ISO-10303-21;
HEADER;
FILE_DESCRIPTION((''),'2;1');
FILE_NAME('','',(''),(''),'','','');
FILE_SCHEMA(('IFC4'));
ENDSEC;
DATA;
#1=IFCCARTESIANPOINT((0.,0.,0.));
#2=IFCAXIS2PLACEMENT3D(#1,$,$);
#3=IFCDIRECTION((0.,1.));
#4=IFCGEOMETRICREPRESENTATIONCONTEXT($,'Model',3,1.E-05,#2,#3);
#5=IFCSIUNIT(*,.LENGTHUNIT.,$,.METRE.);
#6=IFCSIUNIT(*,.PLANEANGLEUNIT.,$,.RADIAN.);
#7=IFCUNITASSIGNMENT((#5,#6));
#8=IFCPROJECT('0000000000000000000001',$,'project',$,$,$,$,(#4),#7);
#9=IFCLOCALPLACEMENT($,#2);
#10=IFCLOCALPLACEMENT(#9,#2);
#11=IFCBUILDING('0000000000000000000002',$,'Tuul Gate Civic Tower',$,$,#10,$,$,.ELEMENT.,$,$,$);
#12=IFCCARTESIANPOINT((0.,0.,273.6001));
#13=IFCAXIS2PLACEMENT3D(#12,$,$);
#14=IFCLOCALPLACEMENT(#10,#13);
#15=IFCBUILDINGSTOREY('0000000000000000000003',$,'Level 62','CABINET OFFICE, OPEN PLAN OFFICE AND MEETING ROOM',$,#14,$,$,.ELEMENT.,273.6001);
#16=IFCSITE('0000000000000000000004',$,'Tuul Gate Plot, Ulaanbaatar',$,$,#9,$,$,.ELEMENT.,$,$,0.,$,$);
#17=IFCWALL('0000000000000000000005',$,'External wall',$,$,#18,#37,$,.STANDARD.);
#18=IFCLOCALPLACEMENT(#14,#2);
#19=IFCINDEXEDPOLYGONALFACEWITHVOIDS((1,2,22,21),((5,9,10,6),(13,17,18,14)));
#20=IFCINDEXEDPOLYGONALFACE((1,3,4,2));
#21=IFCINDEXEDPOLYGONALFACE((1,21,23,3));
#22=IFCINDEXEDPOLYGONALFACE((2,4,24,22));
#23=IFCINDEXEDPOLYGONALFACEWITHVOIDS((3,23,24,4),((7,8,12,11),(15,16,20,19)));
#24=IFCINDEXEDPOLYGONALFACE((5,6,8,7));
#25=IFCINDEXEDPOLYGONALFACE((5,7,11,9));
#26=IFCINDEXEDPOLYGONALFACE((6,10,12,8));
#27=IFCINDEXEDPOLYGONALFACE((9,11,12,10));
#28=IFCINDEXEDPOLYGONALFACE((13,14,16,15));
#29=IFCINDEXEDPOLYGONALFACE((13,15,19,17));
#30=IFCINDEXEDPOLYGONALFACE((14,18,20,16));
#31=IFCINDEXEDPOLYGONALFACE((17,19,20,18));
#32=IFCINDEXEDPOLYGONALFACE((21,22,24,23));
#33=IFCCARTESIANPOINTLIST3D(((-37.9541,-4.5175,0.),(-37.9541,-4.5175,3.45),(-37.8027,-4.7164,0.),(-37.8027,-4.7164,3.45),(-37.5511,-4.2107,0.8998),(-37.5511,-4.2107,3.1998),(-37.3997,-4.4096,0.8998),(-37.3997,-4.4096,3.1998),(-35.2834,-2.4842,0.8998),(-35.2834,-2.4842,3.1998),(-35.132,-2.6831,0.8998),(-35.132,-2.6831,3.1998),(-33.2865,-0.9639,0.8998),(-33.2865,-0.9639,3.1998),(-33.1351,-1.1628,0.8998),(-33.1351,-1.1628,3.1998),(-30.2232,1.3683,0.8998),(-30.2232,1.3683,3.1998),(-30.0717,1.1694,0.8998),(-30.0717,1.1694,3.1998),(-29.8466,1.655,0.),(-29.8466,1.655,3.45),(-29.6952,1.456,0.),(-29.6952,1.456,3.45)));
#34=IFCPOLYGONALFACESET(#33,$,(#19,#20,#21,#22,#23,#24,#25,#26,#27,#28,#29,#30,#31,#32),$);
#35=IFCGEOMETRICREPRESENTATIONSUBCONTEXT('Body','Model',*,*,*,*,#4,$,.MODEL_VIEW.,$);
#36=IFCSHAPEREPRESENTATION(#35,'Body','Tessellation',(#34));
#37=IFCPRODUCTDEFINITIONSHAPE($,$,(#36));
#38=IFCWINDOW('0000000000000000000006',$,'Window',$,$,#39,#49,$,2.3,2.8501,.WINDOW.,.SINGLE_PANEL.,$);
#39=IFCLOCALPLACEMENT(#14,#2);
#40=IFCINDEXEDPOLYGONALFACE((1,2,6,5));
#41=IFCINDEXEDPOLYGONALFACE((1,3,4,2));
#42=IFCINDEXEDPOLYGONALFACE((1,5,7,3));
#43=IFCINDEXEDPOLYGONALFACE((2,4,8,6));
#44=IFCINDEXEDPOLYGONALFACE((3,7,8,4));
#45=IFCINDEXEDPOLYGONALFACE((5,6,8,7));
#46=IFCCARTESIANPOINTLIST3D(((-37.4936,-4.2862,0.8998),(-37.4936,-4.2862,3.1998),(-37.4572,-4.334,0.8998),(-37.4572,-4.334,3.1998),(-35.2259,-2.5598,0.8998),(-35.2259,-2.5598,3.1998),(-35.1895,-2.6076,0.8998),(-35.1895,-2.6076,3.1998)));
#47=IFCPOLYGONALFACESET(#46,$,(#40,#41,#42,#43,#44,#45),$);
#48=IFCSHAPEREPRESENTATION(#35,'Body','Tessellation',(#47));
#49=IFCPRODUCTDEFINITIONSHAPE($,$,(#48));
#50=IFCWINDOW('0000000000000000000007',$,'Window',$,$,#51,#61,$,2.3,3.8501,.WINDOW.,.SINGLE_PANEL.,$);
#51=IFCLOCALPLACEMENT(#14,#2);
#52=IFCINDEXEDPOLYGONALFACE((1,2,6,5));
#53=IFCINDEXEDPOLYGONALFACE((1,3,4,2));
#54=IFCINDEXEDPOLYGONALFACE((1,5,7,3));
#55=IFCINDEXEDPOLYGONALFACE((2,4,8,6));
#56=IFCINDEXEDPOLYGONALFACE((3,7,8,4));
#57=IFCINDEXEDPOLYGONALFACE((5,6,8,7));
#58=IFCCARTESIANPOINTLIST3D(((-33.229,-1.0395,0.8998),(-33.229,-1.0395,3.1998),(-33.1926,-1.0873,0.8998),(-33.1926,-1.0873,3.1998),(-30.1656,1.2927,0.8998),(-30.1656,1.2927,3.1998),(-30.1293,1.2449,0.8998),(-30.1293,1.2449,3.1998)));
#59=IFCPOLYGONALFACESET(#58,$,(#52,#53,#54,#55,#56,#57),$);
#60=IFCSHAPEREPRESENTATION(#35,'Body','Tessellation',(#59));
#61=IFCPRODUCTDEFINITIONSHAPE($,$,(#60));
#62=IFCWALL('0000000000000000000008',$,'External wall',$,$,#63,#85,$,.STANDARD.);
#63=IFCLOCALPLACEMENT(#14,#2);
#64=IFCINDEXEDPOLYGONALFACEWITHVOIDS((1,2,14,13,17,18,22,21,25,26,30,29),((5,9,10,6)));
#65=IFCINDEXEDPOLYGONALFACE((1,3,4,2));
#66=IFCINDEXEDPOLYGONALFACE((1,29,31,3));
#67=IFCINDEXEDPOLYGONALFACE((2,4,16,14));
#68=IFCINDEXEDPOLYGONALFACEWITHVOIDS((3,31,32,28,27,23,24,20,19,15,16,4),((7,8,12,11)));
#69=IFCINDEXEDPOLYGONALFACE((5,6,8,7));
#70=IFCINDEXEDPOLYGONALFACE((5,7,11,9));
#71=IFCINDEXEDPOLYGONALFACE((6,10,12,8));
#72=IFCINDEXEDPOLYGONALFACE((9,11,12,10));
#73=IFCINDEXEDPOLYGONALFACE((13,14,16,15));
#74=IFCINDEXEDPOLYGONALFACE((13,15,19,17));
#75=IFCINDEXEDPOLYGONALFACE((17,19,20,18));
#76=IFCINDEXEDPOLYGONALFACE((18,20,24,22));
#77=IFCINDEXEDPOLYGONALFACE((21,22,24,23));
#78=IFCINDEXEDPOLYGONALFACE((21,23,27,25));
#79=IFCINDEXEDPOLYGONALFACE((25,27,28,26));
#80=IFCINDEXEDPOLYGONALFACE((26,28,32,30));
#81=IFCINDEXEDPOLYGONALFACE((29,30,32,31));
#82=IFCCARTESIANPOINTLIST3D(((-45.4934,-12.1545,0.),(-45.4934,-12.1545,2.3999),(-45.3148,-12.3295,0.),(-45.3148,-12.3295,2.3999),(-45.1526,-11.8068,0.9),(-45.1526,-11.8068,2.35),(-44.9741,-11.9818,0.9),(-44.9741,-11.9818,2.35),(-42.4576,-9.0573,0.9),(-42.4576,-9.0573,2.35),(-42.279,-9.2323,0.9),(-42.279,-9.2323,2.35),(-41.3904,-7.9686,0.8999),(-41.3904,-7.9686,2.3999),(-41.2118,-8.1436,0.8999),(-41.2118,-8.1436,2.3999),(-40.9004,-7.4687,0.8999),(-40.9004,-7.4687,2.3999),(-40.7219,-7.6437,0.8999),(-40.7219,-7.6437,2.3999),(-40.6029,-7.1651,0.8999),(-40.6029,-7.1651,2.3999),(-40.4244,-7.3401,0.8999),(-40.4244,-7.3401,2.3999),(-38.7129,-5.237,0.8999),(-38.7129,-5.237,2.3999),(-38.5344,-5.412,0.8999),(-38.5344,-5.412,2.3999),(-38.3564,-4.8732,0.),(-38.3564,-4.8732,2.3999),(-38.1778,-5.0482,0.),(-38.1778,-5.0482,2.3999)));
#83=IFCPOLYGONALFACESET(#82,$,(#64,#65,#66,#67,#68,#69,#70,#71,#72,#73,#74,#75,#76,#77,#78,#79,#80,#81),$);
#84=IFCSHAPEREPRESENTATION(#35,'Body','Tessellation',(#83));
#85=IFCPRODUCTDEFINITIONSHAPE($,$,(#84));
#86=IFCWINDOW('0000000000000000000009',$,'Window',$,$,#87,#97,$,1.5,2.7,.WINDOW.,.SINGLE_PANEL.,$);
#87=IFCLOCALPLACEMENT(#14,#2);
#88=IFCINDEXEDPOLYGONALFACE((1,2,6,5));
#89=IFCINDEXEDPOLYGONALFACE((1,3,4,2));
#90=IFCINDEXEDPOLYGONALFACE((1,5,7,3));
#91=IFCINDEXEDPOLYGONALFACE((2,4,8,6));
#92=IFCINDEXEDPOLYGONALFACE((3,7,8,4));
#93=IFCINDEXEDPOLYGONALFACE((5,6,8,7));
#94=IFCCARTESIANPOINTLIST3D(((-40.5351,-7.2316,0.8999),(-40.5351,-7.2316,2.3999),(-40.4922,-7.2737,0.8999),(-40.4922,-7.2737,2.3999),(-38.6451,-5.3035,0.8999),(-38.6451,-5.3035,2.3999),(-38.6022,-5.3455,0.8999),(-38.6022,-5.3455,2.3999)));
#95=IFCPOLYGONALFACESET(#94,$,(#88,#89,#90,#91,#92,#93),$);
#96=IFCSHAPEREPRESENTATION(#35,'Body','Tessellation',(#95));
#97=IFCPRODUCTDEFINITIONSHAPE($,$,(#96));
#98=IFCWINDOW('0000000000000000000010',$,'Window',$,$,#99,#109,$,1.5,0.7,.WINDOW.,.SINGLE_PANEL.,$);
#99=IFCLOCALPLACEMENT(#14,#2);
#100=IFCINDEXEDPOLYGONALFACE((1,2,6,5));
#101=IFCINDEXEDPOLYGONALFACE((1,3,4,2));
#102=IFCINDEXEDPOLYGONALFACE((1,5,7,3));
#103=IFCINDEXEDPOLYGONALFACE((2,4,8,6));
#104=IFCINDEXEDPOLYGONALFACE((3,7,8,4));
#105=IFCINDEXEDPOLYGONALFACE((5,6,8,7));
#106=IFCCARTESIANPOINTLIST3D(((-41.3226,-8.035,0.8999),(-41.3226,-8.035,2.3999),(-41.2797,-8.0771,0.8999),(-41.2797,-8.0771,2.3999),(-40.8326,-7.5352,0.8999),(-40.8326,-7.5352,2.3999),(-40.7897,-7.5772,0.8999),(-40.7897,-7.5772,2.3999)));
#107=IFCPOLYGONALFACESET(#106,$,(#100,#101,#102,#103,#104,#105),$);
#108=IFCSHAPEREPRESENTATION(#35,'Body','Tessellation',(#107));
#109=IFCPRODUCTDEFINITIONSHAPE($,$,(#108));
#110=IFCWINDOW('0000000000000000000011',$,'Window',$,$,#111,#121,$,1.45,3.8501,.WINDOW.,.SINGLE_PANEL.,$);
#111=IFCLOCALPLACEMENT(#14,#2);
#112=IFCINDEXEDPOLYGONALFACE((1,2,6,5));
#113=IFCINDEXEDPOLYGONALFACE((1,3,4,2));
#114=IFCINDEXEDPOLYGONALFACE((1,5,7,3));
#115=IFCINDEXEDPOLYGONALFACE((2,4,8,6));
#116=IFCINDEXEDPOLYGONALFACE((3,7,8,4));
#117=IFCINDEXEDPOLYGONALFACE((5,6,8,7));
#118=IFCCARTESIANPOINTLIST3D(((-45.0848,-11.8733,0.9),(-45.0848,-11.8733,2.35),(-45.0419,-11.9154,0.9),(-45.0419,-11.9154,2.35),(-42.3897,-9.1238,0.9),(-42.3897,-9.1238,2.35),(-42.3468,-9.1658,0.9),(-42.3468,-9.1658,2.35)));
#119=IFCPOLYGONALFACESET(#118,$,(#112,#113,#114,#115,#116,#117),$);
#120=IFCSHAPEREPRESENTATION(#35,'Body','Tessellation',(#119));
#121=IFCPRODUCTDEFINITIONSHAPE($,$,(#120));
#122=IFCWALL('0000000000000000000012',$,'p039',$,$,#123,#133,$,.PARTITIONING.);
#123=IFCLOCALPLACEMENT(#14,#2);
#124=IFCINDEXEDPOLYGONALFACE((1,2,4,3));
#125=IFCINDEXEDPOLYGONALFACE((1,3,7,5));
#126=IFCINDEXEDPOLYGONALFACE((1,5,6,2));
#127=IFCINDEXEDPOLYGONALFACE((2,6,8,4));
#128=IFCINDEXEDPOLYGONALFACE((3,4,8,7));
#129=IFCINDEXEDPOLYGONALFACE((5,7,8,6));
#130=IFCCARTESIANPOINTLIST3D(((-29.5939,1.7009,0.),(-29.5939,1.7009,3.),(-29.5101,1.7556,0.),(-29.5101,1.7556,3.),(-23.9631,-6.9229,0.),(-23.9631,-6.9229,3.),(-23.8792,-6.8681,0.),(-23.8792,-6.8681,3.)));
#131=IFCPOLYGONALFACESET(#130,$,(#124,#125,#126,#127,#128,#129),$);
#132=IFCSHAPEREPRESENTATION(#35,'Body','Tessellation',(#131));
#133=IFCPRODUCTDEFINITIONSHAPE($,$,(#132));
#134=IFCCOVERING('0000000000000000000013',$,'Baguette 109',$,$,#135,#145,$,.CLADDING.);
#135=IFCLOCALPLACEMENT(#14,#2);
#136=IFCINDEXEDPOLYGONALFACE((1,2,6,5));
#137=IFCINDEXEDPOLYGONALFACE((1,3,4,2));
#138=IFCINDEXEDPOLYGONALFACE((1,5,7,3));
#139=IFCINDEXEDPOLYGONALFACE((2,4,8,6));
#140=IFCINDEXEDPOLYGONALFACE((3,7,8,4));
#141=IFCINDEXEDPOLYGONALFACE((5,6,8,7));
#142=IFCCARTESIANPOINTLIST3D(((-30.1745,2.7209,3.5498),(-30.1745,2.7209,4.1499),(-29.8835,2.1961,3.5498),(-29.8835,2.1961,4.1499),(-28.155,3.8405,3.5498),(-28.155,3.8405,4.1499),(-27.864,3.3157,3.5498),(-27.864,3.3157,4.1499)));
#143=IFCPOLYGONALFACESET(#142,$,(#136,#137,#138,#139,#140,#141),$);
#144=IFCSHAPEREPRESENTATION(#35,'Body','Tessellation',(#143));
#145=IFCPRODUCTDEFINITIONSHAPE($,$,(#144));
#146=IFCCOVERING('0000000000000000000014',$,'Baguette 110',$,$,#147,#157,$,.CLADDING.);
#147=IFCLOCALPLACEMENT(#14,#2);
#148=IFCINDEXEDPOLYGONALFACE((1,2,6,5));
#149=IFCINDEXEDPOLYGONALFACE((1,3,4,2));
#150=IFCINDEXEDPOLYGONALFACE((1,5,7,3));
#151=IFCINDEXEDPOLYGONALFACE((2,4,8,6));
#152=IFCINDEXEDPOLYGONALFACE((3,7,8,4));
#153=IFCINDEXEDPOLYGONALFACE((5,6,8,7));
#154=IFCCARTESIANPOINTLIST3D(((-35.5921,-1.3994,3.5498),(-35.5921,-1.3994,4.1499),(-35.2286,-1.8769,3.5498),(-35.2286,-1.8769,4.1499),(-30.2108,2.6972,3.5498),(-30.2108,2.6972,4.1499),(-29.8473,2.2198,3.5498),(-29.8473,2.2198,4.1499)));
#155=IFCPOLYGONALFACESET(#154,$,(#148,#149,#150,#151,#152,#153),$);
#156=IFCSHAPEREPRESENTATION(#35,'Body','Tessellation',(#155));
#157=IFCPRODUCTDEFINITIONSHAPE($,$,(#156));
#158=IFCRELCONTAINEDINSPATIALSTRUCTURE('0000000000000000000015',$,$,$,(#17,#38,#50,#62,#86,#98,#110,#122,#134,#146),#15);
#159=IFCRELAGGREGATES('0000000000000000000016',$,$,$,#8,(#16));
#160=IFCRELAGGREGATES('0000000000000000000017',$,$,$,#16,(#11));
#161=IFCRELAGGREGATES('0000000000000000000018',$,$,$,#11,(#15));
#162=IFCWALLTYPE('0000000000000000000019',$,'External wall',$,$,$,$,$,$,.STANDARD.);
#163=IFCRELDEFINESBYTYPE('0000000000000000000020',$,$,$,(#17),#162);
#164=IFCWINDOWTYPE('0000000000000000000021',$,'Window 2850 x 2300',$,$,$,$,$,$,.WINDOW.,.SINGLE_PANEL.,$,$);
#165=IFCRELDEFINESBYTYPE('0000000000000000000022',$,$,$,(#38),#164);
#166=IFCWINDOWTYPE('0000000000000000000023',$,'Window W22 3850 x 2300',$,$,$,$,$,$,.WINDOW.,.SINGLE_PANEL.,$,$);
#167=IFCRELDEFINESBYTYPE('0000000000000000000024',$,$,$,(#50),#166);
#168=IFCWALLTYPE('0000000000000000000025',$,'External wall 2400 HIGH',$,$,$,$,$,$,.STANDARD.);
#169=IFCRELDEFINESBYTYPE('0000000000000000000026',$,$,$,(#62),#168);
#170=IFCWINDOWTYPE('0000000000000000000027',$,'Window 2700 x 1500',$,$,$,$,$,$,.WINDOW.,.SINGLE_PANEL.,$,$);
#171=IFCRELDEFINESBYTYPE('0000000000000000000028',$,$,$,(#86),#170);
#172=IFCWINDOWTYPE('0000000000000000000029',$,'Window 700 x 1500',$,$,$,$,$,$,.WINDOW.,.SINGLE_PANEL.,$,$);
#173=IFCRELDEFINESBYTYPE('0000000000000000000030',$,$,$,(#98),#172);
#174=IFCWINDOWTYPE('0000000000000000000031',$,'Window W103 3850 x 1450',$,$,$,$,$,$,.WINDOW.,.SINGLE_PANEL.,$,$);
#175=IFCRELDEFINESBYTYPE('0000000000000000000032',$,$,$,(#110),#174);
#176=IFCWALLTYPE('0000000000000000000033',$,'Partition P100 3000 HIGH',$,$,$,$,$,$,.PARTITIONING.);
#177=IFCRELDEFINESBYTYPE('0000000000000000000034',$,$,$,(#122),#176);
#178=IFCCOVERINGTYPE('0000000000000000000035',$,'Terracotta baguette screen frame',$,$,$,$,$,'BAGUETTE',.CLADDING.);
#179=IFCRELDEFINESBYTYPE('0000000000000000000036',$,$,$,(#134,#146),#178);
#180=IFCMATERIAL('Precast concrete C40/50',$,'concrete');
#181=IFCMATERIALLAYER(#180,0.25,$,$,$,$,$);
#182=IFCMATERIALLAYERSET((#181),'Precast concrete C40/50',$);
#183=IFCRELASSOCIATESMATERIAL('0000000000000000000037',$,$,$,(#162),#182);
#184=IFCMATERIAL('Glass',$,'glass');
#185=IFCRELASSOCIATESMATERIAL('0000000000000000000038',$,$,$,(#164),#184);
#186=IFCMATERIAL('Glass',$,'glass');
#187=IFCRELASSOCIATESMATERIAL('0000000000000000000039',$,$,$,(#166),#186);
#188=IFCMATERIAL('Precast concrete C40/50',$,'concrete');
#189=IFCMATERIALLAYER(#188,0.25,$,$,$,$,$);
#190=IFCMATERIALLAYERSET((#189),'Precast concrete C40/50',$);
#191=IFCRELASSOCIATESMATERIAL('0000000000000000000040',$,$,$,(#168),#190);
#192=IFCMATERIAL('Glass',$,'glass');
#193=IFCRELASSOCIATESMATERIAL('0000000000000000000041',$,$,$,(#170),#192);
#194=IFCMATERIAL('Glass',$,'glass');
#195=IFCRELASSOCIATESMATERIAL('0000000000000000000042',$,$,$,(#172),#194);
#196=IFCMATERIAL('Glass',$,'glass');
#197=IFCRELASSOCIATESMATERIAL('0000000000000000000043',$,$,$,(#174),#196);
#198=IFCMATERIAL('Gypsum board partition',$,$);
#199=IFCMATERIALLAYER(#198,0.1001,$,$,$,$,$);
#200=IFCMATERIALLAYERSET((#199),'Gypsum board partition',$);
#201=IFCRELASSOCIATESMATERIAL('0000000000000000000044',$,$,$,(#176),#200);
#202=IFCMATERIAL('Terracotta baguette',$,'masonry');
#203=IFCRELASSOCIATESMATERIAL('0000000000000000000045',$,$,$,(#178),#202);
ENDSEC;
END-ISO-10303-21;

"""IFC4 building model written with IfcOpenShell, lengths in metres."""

from ifc_helpers import new_model, si_unit, direction, frame, frame_2d, origin, origin_2d, place, context, subcontext, project, spatial, rectangle, extrude, material, layer, layer_set, material_profile, profile_set, type_object, element, fill, save


model = new_model("IFC4")

# Units and contexts
model_context = context("Model", 3, precision=1e-05, world=origin(), true_north=direction((0.0, 1.0)))
body_context = subcontext(model_context, "Body", "Model", "MODEL_VIEW")
ifc_project = project(units=[si_unit("LENGTHUNIT", "METRE"), si_unit("PLANEANGLEUNIT", "RADIAN")], contexts=[model_context])

# Site, building, storey
site_placement = place(None, origin())
site = spatial("IfcSite", under=ifc_project, at=site_placement, Name="Tuul Gate Plot, Ulaanbaatar", CompositionType="ELEMENT", RefElevation=0.0)
building_placement = place(site_placement, origin())
building = spatial("IfcBuilding", under=site, at=building_placement, Name="Tuul Gate Civic Tower", CompositionType="ELEMENT")
storey_placement = place(building_placement, frame((0.0, 0.0, 273.6001)))
storey = spatial("IfcBuildingStorey", under=building, at=storey_placement, Name="Level 62", Description="CABINET OFFICE, OPEN PLAN OFFICE AND MEETING ROOM", CompositionType="ELEMENT", Elevation=273.6001)

# Walls, openings, windows
ifc_material_1 = material(Name="Precast concrete C40/50", Category="concrete")
ifc_layer_1 = layer(ifc_material_1, 0.25)
ifc_layer_set_1 = layer_set([ifc_layer_1], Name="Precast concrete C40/50")
wall_type_1 = type_object("IfcWallType", Name="External wall", PredefinedType="STANDARD", material=ifc_layer_set_1)
wall_1_placement = place(storey_placement, frame((-29.771, 1.5554, 0.0), z_axis=(0.0, 0.0, 1.0), x_axis=(-0.795655, -0.60575, 0.0)))
wall_1 = element("IfcWall", 1, at=wall_1_placement, inside=storey, type_object=wall_type_1, Name="External wall", PredefinedType="STANDARD", context=body_context, shape_type="SweptSolid", body=[
    extrude(rectangle(XDim=10.1897, YDim=0.25, at=frame_2d((5.0947, 0.0))), origin(), (0.0, 0.0, 1.0), 3.45),
])
opening_1_placement = place(wall_1_placement, frame((0.4731, 0.0, 0.8999)))
opening_1 = element("IfcOpeningElement", 2, at=opening_1_placement, cuts=wall_1, PredefinedType="OPENING", context=body_context, shape_type="SweptSolid", body=[
    extrude(rectangle(XDim=3.8501, YDim=2.3, at=frame_2d((1.925, 1.1499))), frame((0.0, 0.135, 0.0), z_axis=(0.0, -1.0, 0.0), x_axis=(1.0, 0.0, 0.0)), (0.0, 0.0, 1.0), 0.27),
])
opening_2_placement = place(wall_1_placement, frame((6.833, 0.0, 0.8999)))
opening_2 = element("IfcOpeningElement", 3, at=opening_2_placement, cuts=wall_1, PredefinedType="OPENING", context=body_context, shape_type="SweptSolid", body=[
    extrude(rectangle(XDim=2.8501, YDim=2.3, at=frame_2d((1.425, 1.1499))), frame((0.0, 0.135, 0.0), z_axis=(0.0, -1.0, 0.0), x_axis=(1.0, 0.0, 0.0)), (0.0, 0.0, 1.0), 0.27),
])
ifc_material_2 = material(Name="Glass", Category="glass")
window_type_1 = type_object("IfcWindowType", Name="Window 2850 x 2300", PartitioningType="SINGLE_PANEL", PredefinedType="WINDOW", material=ifc_material_2)
window_1_placement = place(opening_2_placement, origin())
window_1 = element("IfcWindow", 4, at=window_1_placement, inside=storey, type_object=window_type_1, Name="Window", OverallHeight=2.3, OverallWidth=2.8501, PartitioningType="SINGLE_PANEL", PredefinedType="WINDOW", context=body_context, shape_type="SweptSolid", body=[
    extrude(rectangle(XDim=2.8501, YDim=2.3, at=frame_2d((1.425, 1.1499))), frame((0.0, 0.03, 0.0), z_axis=(0.0, -1.0, 0.0), x_axis=(1.0, 0.0, 0.0)), (0.0, 0.0, 1.0), 0.0601),
])
fill(opening_2, window_1)
ifc_material_3 = material(Name="Glass", Category="glass")
window_type_2 = type_object("IfcWindowType", Name="Window W22 3850 x 2300", PartitioningType="SINGLE_PANEL", PredefinedType="WINDOW", material=ifc_material_3)
window_2_placement = place(opening_1_placement, origin())
window_2 = element("IfcWindow", 5, at=window_2_placement, inside=storey, type_object=window_type_2, Name="Window", OverallHeight=2.3, OverallWidth=3.8501, PartitioningType="SINGLE_PANEL", PredefinedType="WINDOW", context=body_context, shape_type="SweptSolid", body=[
    extrude(rectangle(XDim=3.8501, YDim=2.3, at=frame_2d((1.925, 1.1499))), frame((0.0, 0.03, 0.0), z_axis=(0.0, -1.0, 0.0), x_axis=(1.0, 0.0, 0.0)), (0.0, 0.0, 1.0), 0.0601),
])
fill(opening_1, window_2)
ifc_material_4 = material(Name="Precast concrete C40/50", Category="concrete")
ifc_layer_2 = layer(ifc_material_4, 0.25)
ifc_layer_set_2 = layer_set([ifc_layer_2], Name="Precast concrete C40/50")
wall_type_2 = type_object("IfcWallType", Name="External wall 2400 HIGH", PredefinedType="STANDARD", material=ifc_layer_set_2)
wall_2_placement = place(storey_placement, frame((-38.2671, -4.9607, 0.0), z_axis=(0.0, 0.0, 1.0), x_axis=(-0.699996, -0.714147, 0.0)))
wall_2 = element("IfcWall", 6, at=wall_2_placement, inside=storey, type_object=wall_type_2, Name="External wall", PredefinedType="STANDARD", context=body_context, shape_type="SweptSolid", body=[
    extrude(rectangle(XDim=10.1958, YDim=0.25, at=frame_2d((5.0979, 0.0))), origin(), (0.0, 0.0, 1.0), 2.3999),
])
opening_3_placement = place(wall_2_placement, frame((5.8589, 0.0, 0.8999)))
opening_3 = element("IfcOpeningElement", 7, at=opening_3_placement, cuts=wall_2, PredefinedType="OPENING", context=body_context, shape_type="SweptSolid", body=[
    extrude(rectangle(XDim=3.8501, YDim=1.45, at=frame_2d((1.925, 0.7251))), frame((0.0, 0.135, 0.0), z_axis=(0.0, -1.0, 0.0), x_axis=(1.0, 0.0, 0.0)), (0.0, 0.0, 1.0), 0.27),
])
opening_4_placement = place(wall_2_placement, frame((0.5093, 0.0, 0.8999)))
opening_4 = element("IfcOpeningElement", 8, at=opening_4_placement, cuts=wall_2, PredefinedType="OPENING", context=body_context, shape_type="SweptSolid", body=[
    extrude(rectangle(XDim=2.7, YDim=1.5, at=frame_2d((1.3501, 0.75))), frame((0.0, 0.135, 0.0), z_axis=(0.0, -1.0, 0.0), x_axis=(1.0, 0.0, 0.0)), (0.0, 0.0, 1.0), 0.27),
])
opening_5_placement = place(wall_2_placement, frame((3.6343, 0.0, 0.8999)))
opening_5 = element("IfcOpeningElement", 9, at=opening_5_placement, cuts=wall_2, PredefinedType="OPENING", context=body_context, shape_type="SweptSolid", body=[
    extrude(rectangle(XDim=0.7, YDim=1.5, at=frame_2d((0.3501, 0.75))), frame((0.0, 0.135, 0.0), z_axis=(0.0, -1.0, 0.0), x_axis=(1.0, 0.0, 0.0)), (0.0, 0.0, 1.0), 0.27),
])
ifc_material_5 = material(Name="Glass", Category="glass")
window_type_3 = type_object("IfcWindowType", Name="Window 2700 x 1500", PartitioningType="SINGLE_PANEL", PredefinedType="WINDOW", material=ifc_material_5)
window_3_placement = place(opening_4_placement, origin())
window_3 = element("IfcWindow", 10, at=window_3_placement, inside=storey, type_object=window_type_3, Name="Window", OverallHeight=1.5, OverallWidth=2.7, PartitioningType="SINGLE_PANEL", PredefinedType="WINDOW", context=body_context, shape_type="SweptSolid", body=[
    extrude(rectangle(XDim=2.7, YDim=1.5, at=frame_2d((1.3501, 0.75))), frame((0.0, 0.03, 0.0), z_axis=(0.0, -1.0, 0.0), x_axis=(1.0, 0.0, 0.0)), (0.0, 0.0, 1.0), 0.0601),
])
fill(opening_4, window_3)
ifc_material_6 = material(Name="Glass", Category="glass")
window_type_4 = type_object("IfcWindowType", Name="Window 700 x 1500", PartitioningType="SINGLE_PANEL", PredefinedType="WINDOW", material=ifc_material_6)
window_4_placement = place(opening_5_placement, origin())
window_4 = element("IfcWindow", 11, at=window_4_placement, inside=storey, type_object=window_type_4, Name="Window", OverallHeight=1.5, OverallWidth=0.7, PartitioningType="SINGLE_PANEL", PredefinedType="WINDOW", context=body_context, shape_type="SweptSolid", body=[
    extrude(rectangle(XDim=0.7, YDim=1.5, at=frame_2d((0.3501, 0.75))), frame((0.0, 0.03, 0.0), z_axis=(0.0, -1.0, 0.0), x_axis=(1.0, 0.0, 0.0)), (0.0, 0.0, 1.0), 0.0601),
])
fill(opening_5, window_4)
ifc_material_7 = material(Name="Glass", Category="glass")
window_type_5 = type_object("IfcWindowType", Name="Window W103 3850 x 1450", PartitioningType="SINGLE_PANEL", PredefinedType="WINDOW", material=ifc_material_7)
window_5_placement = place(opening_3_placement, origin())
window_5 = element("IfcWindow", 12, at=window_5_placement, inside=storey, type_object=window_type_5, Name="Window", OverallHeight=1.45, OverallWidth=3.8501, PartitioningType="SINGLE_PANEL", PredefinedType="WINDOW", context=body_context, shape_type="SweptSolid", body=[
    extrude(rectangle(XDim=3.8501, YDim=1.45, at=frame_2d((1.925, 0.7251))), frame((0.0, 0.03, 0.0), z_axis=(0.0, -1.0, 0.0), x_axis=(1.0, 0.0, 0.0)), (0.0, 0.0, 1.0), 0.0601),
])
fill(opening_3, window_5)

# Wall
ifc_material_8 = material(Name="Gypsum board partition")
ifc_layer_3 = layer(ifc_material_8, 0.1001)
ifc_layer_set_3 = layer_set([ifc_layer_3], Name="Gypsum board partition")
wall_type_3 = type_object("IfcWallType", Name="Partition P100 3000 HIGH", PredefinedType="PARTITIONING", material=ifc_layer_set_3)
wall_3_placement = place(storey_placement, frame((-29.552, 1.7283, 0.0), z_axis=(0.0, 0.0, 1.0), x_axis=(0.546721, -0.837315, 0.0)))
element("IfcWall", 13, at=wall_3_placement, inside=storey, type_object=wall_type_3, Name="p039", PredefinedType="PARTITIONING", context=body_context, shape_type="SweptSolid", body=[
    extrude(rectangle(XDim=10.2993, YDim=0.1001, at=frame_2d((5.1497, 0.0))), origin(), (0.0, 0.0, 1.0), 3.0),
])

# Coverings
ifc_material_9 = material(Name="Terracotta baguette", Category="masonry")
ifc_material_profile_1 = material_profile(ifc_material_9, rectangle(XDim=0.6001, YDim=0.6001, at=origin_2d()), Name="Terracotta baguette screen frame")
ifc_profile_set_1 = profile_set([ifc_material_profile_1], Name="Terracotta baguette")
covering_type = type_object("IfcCoveringType", Name="Terracotta baguette screen frame", ElementType="BAGUETTE", PredefinedType="CLADDING", material=ifc_profile_set_1)
covering_1_placement = place(storey_placement, frame((-28.0095, 3.5781, 3.8499), z_axis=(-0.874586, -0.484871, 0.0), x_axis=(0.484871, -0.874586, 0.0)))
element("IfcCovering", 14, at=covering_1_placement, inside=storey, type_object=covering_type, Name="Baguette 109", PredefinedType="CLADDING", context=body_context, shape_type="SweptSolid", body=[
    extrude(rectangle(XDim=0.6001, YDim=0.6001, at=origin_2d()), origin(), (0.0, 0.0, 1.0), 2.3091),
])
covering_2_placement = place(storey_placement, frame((-30.0291, 2.4585, 3.8499), z_axis=(-0.795674, -0.605726, 0.0), x_axis=(0.605726, -0.795674, 0.0)))
element("IfcCovering", 15, at=covering_2_placement, inside=storey, type_object=covering_type, Name="Baguette 110", PredefinedType="CLADDING", context=body_context, shape_type="SweptSolid", body=[
    extrude(rectangle(XDim=0.6001, YDim=0.6001, at=origin_2d()), origin(), (0.0, 0.0, 1.0), 6.7632),
])

save(model, "model.ifc")
